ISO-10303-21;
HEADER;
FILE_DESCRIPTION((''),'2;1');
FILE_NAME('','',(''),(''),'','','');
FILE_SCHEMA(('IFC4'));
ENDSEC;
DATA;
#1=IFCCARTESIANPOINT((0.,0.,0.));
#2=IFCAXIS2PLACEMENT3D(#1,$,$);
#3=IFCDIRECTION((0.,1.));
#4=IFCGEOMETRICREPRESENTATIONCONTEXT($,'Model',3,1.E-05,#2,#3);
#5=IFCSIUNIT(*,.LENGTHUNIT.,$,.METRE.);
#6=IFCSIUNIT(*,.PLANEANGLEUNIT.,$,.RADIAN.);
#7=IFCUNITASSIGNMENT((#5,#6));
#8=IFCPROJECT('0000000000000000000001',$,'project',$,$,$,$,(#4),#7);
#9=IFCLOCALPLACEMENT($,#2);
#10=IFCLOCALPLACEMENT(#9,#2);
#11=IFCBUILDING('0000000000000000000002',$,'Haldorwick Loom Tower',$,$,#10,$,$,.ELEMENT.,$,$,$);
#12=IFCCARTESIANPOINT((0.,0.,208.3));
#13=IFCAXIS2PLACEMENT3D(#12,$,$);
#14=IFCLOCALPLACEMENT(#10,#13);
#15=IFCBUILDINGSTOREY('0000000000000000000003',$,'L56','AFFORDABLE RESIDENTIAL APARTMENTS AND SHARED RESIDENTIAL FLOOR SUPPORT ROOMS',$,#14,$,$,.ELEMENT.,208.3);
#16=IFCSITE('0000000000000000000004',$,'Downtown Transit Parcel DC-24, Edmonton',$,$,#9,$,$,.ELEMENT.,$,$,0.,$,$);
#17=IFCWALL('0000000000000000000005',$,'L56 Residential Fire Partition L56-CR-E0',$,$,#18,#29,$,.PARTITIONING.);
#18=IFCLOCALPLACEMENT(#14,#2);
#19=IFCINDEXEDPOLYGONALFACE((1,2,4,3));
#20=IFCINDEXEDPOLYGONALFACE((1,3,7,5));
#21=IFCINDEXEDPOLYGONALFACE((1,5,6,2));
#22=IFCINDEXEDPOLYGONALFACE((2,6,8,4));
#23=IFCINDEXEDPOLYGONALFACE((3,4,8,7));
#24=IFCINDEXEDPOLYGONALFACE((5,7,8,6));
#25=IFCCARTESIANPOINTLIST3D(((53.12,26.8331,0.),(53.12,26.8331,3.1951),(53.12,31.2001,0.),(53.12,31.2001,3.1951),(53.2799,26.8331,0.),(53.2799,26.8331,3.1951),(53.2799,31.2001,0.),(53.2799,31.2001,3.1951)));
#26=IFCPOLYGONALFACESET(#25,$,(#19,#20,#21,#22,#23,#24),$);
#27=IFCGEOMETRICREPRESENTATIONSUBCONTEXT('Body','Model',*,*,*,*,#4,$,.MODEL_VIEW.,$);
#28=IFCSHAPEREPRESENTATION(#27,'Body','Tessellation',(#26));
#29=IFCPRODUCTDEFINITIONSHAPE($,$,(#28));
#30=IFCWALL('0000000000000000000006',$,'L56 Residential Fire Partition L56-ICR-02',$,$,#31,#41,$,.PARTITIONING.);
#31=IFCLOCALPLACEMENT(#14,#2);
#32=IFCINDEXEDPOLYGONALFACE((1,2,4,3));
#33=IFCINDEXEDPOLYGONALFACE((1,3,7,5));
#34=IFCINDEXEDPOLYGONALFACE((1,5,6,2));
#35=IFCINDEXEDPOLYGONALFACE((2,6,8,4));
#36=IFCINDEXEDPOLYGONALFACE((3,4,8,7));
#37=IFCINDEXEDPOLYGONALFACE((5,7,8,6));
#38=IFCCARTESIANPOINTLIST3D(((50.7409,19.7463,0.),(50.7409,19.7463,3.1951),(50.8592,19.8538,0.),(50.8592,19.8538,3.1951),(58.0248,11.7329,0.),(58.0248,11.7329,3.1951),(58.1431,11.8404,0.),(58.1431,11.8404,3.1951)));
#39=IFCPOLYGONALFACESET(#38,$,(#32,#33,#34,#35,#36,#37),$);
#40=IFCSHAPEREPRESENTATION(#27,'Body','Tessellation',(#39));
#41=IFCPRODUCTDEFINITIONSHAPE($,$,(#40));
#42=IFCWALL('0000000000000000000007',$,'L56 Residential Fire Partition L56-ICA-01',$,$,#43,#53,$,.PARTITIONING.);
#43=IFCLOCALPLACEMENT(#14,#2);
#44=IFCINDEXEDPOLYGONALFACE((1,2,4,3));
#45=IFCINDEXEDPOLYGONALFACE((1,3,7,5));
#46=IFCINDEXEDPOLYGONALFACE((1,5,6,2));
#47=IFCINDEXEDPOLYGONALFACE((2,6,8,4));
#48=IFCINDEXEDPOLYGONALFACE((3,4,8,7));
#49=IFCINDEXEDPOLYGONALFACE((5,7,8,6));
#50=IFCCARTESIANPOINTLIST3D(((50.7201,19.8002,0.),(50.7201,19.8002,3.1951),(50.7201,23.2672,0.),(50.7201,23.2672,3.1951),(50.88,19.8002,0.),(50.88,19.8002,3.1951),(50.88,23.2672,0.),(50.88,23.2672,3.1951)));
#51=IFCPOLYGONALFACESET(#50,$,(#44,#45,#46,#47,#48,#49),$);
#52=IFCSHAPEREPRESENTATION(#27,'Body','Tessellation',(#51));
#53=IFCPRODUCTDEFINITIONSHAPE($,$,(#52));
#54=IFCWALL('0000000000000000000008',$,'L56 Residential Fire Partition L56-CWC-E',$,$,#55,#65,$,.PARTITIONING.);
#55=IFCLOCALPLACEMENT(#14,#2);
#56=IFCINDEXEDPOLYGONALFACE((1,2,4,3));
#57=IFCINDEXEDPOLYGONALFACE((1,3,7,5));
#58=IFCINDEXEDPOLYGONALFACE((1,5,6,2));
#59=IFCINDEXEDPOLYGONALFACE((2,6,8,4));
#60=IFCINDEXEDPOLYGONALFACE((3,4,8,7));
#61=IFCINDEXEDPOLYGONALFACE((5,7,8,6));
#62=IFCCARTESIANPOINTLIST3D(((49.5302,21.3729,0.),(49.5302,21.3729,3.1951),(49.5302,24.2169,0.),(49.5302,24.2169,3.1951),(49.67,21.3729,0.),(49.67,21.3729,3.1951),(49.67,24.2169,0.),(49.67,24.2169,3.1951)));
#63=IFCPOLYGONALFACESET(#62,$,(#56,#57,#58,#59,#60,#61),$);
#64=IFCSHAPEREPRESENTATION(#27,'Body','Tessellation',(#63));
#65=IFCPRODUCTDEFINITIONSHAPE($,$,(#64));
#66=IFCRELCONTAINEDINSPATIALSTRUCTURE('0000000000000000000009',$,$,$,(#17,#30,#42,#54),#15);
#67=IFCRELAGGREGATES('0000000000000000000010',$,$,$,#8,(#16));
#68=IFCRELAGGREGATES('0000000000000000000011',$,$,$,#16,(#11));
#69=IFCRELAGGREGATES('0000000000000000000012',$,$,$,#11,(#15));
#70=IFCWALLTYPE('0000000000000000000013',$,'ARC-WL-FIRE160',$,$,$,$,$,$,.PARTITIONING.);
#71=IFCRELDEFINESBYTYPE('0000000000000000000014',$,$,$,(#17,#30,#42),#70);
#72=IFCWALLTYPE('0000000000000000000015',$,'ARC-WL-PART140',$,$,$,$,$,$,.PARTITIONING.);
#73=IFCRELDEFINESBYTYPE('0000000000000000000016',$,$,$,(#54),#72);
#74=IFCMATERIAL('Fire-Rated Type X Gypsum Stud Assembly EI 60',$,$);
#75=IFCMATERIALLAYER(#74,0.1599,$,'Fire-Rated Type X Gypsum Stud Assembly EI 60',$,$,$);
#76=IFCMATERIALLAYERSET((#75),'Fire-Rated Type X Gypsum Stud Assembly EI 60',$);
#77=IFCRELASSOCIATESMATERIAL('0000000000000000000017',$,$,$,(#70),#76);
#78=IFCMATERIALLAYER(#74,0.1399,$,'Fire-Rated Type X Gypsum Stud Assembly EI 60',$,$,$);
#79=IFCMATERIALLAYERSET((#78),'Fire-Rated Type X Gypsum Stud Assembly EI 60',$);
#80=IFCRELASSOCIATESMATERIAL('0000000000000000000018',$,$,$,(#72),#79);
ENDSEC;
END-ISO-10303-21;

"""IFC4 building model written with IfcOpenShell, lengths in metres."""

from ifc_helpers import new_model, si_unit, direction, frame, frame_2d, origin, place, context, subcontext, project, spatial, rectangle, extrude, material, layer, layer_set, type_object, element, save


model = new_model("IFC4")

# Units and contexts
model_context = context("Model", 3, precision=1e-05, world=origin(), true_north=direction((0.0, 1.0)))
body_context = subcontext(model_context, "Body", "Model", "MODEL_VIEW")
ifc_project = project(units=[si_unit("LENGTHUNIT", "METRE"), si_unit("PLANEANGLEUNIT", "RADIAN")], contexts=[model_context])

# Site, building, storey
site_placement = place(None, origin())
site = spatial("IfcSite", under=ifc_project, at=site_placement, Name="Downtown Transit Parcel DC-24, Edmonton", CompositionType="ELEMENT", RefElevation=0.0)
building_placement = place(site_placement, origin())
building = spatial("IfcBuilding", under=site, at=building_placement, Name="Haldorwick Loom Tower", CompositionType="ELEMENT")
storey_placement = place(building_placement, frame((0.0, 0.0, 208.3)))
storey = spatial("IfcBuildingStorey", under=building, at=storey_placement, Name="L56", Description="AFFORDABLE RESIDENTIAL APARTMENTS AND SHARED RESIDENTIAL FLOOR SUPPORT ROOMS", CompositionType="ELEMENT", Elevation=208.3)

# Shared definitions
ifc_material_1 = material(Name="Fire-Rated Type X Gypsum Stud Assembly EI 60")
ifc_layer_1 = layer(ifc_material_1, 0.1599, Name="Fire-Rated Type X Gypsum Stud Assembly EI 60")
ifc_layer_set_1 = layer_set([ifc_layer_1], Name="Fire-Rated Type X Gypsum Stud Assembly EI 60")
wall_type_1 = type_object("IfcWallType", Name="ARC-WL-FIRE160", PredefinedType="PARTITIONING", material=ifc_layer_set_1)

# Walls
wall_1_placement = place(storey_placement, frame((53.2, 26.833, 0.0), z_axis=(0.0, 0.0, 1.0), x_axis=(0.0, 1.0, 0.0)))
element("IfcWall", 1, at=wall_1_placement, inside=storey, type_object=wall_type_1, Name="L56 Residential Fire Partition L56-CR-E0", PredefinedType="PARTITIONING", context=body_context, shape_type="SweptSolid", body=[
    extrude(rectangle(XDim=4.3669, YDim=0.1599, at=frame_2d((2.1836, 0.0))), origin(), (0.0, 0.0, 1.0), 3.1951),
])
wall_2_placement = place(storey_placement, frame((50.8, 19.8, 0.0), z_axis=(0.0, 0.0, 1.0), x_axis=(0.672622, -0.739986, 0.0)))
element("IfcWall", 2, at=wall_2_placement, inside=storey, type_object=wall_type_1, Name="L56 Residential Fire Partition L56-ICR-02", PredefinedType="PARTITIONING", context=body_context, shape_type="SweptSolid", body=[
    extrude(rectangle(XDim=10.8291, YDim=0.1599, at=frame_2d((5.4146, 0.0))), origin(), (0.0, 0.0, 1.0), 3.1951),
])
wall_3_placement = place(storey_placement, frame((50.8, 23.2671, 0.0), z_axis=(0.0, 0.0, 1.0), x_axis=(0.0, -1.0, 0.0)))
element("IfcWall", 3, at=wall_3_placement, inside=storey, type_object=wall_type_1, Name="L56 Residential Fire Partition L56-ICA-01", PredefinedType="PARTITIONING", context=body_context, shape_type="SweptSolid", body=[
    extrude(rectangle(XDim=3.467, YDim=0.1599, at=frame_2d((1.7334, 0.0))), origin(), (0.0, 0.0, 1.0), 3.1951),
])
ifc_layer_2 = layer(ifc_material_1, 0.1399, Name="Fire-Rated Type X Gypsum Stud Assembly EI 60")
ifc_layer_set_2 = layer_set([ifc_layer_2], Name="Fire-Rated Type X Gypsum Stud Assembly EI 60")
wall_type_2 = type_object("IfcWallType", Name="ARC-WL-PART140", PredefinedType="PARTITIONING", material=ifc_layer_set_2)
wall_4_placement = place(storey_placement, frame((49.6001, 21.373, 0.0), z_axis=(0.0, 0.0, 1.0), x_axis=(0.0, 1.0, 0.0)))
element("IfcWall", 4, at=wall_4_placement, inside=storey, type_object=wall_type_2, Name="L56 Residential Fire Partition L56-CWC-E", PredefinedType="PARTITIONING", context=body_context, shape_type="SweptSolid", body=[
    extrude(rectangle(XDim=2.844, YDim=0.1399, at=frame_2d((1.4219, 0.0))), origin(), (0.0, 0.0, 1.0), 3.1951),
])

save(model, "model.ifc")
